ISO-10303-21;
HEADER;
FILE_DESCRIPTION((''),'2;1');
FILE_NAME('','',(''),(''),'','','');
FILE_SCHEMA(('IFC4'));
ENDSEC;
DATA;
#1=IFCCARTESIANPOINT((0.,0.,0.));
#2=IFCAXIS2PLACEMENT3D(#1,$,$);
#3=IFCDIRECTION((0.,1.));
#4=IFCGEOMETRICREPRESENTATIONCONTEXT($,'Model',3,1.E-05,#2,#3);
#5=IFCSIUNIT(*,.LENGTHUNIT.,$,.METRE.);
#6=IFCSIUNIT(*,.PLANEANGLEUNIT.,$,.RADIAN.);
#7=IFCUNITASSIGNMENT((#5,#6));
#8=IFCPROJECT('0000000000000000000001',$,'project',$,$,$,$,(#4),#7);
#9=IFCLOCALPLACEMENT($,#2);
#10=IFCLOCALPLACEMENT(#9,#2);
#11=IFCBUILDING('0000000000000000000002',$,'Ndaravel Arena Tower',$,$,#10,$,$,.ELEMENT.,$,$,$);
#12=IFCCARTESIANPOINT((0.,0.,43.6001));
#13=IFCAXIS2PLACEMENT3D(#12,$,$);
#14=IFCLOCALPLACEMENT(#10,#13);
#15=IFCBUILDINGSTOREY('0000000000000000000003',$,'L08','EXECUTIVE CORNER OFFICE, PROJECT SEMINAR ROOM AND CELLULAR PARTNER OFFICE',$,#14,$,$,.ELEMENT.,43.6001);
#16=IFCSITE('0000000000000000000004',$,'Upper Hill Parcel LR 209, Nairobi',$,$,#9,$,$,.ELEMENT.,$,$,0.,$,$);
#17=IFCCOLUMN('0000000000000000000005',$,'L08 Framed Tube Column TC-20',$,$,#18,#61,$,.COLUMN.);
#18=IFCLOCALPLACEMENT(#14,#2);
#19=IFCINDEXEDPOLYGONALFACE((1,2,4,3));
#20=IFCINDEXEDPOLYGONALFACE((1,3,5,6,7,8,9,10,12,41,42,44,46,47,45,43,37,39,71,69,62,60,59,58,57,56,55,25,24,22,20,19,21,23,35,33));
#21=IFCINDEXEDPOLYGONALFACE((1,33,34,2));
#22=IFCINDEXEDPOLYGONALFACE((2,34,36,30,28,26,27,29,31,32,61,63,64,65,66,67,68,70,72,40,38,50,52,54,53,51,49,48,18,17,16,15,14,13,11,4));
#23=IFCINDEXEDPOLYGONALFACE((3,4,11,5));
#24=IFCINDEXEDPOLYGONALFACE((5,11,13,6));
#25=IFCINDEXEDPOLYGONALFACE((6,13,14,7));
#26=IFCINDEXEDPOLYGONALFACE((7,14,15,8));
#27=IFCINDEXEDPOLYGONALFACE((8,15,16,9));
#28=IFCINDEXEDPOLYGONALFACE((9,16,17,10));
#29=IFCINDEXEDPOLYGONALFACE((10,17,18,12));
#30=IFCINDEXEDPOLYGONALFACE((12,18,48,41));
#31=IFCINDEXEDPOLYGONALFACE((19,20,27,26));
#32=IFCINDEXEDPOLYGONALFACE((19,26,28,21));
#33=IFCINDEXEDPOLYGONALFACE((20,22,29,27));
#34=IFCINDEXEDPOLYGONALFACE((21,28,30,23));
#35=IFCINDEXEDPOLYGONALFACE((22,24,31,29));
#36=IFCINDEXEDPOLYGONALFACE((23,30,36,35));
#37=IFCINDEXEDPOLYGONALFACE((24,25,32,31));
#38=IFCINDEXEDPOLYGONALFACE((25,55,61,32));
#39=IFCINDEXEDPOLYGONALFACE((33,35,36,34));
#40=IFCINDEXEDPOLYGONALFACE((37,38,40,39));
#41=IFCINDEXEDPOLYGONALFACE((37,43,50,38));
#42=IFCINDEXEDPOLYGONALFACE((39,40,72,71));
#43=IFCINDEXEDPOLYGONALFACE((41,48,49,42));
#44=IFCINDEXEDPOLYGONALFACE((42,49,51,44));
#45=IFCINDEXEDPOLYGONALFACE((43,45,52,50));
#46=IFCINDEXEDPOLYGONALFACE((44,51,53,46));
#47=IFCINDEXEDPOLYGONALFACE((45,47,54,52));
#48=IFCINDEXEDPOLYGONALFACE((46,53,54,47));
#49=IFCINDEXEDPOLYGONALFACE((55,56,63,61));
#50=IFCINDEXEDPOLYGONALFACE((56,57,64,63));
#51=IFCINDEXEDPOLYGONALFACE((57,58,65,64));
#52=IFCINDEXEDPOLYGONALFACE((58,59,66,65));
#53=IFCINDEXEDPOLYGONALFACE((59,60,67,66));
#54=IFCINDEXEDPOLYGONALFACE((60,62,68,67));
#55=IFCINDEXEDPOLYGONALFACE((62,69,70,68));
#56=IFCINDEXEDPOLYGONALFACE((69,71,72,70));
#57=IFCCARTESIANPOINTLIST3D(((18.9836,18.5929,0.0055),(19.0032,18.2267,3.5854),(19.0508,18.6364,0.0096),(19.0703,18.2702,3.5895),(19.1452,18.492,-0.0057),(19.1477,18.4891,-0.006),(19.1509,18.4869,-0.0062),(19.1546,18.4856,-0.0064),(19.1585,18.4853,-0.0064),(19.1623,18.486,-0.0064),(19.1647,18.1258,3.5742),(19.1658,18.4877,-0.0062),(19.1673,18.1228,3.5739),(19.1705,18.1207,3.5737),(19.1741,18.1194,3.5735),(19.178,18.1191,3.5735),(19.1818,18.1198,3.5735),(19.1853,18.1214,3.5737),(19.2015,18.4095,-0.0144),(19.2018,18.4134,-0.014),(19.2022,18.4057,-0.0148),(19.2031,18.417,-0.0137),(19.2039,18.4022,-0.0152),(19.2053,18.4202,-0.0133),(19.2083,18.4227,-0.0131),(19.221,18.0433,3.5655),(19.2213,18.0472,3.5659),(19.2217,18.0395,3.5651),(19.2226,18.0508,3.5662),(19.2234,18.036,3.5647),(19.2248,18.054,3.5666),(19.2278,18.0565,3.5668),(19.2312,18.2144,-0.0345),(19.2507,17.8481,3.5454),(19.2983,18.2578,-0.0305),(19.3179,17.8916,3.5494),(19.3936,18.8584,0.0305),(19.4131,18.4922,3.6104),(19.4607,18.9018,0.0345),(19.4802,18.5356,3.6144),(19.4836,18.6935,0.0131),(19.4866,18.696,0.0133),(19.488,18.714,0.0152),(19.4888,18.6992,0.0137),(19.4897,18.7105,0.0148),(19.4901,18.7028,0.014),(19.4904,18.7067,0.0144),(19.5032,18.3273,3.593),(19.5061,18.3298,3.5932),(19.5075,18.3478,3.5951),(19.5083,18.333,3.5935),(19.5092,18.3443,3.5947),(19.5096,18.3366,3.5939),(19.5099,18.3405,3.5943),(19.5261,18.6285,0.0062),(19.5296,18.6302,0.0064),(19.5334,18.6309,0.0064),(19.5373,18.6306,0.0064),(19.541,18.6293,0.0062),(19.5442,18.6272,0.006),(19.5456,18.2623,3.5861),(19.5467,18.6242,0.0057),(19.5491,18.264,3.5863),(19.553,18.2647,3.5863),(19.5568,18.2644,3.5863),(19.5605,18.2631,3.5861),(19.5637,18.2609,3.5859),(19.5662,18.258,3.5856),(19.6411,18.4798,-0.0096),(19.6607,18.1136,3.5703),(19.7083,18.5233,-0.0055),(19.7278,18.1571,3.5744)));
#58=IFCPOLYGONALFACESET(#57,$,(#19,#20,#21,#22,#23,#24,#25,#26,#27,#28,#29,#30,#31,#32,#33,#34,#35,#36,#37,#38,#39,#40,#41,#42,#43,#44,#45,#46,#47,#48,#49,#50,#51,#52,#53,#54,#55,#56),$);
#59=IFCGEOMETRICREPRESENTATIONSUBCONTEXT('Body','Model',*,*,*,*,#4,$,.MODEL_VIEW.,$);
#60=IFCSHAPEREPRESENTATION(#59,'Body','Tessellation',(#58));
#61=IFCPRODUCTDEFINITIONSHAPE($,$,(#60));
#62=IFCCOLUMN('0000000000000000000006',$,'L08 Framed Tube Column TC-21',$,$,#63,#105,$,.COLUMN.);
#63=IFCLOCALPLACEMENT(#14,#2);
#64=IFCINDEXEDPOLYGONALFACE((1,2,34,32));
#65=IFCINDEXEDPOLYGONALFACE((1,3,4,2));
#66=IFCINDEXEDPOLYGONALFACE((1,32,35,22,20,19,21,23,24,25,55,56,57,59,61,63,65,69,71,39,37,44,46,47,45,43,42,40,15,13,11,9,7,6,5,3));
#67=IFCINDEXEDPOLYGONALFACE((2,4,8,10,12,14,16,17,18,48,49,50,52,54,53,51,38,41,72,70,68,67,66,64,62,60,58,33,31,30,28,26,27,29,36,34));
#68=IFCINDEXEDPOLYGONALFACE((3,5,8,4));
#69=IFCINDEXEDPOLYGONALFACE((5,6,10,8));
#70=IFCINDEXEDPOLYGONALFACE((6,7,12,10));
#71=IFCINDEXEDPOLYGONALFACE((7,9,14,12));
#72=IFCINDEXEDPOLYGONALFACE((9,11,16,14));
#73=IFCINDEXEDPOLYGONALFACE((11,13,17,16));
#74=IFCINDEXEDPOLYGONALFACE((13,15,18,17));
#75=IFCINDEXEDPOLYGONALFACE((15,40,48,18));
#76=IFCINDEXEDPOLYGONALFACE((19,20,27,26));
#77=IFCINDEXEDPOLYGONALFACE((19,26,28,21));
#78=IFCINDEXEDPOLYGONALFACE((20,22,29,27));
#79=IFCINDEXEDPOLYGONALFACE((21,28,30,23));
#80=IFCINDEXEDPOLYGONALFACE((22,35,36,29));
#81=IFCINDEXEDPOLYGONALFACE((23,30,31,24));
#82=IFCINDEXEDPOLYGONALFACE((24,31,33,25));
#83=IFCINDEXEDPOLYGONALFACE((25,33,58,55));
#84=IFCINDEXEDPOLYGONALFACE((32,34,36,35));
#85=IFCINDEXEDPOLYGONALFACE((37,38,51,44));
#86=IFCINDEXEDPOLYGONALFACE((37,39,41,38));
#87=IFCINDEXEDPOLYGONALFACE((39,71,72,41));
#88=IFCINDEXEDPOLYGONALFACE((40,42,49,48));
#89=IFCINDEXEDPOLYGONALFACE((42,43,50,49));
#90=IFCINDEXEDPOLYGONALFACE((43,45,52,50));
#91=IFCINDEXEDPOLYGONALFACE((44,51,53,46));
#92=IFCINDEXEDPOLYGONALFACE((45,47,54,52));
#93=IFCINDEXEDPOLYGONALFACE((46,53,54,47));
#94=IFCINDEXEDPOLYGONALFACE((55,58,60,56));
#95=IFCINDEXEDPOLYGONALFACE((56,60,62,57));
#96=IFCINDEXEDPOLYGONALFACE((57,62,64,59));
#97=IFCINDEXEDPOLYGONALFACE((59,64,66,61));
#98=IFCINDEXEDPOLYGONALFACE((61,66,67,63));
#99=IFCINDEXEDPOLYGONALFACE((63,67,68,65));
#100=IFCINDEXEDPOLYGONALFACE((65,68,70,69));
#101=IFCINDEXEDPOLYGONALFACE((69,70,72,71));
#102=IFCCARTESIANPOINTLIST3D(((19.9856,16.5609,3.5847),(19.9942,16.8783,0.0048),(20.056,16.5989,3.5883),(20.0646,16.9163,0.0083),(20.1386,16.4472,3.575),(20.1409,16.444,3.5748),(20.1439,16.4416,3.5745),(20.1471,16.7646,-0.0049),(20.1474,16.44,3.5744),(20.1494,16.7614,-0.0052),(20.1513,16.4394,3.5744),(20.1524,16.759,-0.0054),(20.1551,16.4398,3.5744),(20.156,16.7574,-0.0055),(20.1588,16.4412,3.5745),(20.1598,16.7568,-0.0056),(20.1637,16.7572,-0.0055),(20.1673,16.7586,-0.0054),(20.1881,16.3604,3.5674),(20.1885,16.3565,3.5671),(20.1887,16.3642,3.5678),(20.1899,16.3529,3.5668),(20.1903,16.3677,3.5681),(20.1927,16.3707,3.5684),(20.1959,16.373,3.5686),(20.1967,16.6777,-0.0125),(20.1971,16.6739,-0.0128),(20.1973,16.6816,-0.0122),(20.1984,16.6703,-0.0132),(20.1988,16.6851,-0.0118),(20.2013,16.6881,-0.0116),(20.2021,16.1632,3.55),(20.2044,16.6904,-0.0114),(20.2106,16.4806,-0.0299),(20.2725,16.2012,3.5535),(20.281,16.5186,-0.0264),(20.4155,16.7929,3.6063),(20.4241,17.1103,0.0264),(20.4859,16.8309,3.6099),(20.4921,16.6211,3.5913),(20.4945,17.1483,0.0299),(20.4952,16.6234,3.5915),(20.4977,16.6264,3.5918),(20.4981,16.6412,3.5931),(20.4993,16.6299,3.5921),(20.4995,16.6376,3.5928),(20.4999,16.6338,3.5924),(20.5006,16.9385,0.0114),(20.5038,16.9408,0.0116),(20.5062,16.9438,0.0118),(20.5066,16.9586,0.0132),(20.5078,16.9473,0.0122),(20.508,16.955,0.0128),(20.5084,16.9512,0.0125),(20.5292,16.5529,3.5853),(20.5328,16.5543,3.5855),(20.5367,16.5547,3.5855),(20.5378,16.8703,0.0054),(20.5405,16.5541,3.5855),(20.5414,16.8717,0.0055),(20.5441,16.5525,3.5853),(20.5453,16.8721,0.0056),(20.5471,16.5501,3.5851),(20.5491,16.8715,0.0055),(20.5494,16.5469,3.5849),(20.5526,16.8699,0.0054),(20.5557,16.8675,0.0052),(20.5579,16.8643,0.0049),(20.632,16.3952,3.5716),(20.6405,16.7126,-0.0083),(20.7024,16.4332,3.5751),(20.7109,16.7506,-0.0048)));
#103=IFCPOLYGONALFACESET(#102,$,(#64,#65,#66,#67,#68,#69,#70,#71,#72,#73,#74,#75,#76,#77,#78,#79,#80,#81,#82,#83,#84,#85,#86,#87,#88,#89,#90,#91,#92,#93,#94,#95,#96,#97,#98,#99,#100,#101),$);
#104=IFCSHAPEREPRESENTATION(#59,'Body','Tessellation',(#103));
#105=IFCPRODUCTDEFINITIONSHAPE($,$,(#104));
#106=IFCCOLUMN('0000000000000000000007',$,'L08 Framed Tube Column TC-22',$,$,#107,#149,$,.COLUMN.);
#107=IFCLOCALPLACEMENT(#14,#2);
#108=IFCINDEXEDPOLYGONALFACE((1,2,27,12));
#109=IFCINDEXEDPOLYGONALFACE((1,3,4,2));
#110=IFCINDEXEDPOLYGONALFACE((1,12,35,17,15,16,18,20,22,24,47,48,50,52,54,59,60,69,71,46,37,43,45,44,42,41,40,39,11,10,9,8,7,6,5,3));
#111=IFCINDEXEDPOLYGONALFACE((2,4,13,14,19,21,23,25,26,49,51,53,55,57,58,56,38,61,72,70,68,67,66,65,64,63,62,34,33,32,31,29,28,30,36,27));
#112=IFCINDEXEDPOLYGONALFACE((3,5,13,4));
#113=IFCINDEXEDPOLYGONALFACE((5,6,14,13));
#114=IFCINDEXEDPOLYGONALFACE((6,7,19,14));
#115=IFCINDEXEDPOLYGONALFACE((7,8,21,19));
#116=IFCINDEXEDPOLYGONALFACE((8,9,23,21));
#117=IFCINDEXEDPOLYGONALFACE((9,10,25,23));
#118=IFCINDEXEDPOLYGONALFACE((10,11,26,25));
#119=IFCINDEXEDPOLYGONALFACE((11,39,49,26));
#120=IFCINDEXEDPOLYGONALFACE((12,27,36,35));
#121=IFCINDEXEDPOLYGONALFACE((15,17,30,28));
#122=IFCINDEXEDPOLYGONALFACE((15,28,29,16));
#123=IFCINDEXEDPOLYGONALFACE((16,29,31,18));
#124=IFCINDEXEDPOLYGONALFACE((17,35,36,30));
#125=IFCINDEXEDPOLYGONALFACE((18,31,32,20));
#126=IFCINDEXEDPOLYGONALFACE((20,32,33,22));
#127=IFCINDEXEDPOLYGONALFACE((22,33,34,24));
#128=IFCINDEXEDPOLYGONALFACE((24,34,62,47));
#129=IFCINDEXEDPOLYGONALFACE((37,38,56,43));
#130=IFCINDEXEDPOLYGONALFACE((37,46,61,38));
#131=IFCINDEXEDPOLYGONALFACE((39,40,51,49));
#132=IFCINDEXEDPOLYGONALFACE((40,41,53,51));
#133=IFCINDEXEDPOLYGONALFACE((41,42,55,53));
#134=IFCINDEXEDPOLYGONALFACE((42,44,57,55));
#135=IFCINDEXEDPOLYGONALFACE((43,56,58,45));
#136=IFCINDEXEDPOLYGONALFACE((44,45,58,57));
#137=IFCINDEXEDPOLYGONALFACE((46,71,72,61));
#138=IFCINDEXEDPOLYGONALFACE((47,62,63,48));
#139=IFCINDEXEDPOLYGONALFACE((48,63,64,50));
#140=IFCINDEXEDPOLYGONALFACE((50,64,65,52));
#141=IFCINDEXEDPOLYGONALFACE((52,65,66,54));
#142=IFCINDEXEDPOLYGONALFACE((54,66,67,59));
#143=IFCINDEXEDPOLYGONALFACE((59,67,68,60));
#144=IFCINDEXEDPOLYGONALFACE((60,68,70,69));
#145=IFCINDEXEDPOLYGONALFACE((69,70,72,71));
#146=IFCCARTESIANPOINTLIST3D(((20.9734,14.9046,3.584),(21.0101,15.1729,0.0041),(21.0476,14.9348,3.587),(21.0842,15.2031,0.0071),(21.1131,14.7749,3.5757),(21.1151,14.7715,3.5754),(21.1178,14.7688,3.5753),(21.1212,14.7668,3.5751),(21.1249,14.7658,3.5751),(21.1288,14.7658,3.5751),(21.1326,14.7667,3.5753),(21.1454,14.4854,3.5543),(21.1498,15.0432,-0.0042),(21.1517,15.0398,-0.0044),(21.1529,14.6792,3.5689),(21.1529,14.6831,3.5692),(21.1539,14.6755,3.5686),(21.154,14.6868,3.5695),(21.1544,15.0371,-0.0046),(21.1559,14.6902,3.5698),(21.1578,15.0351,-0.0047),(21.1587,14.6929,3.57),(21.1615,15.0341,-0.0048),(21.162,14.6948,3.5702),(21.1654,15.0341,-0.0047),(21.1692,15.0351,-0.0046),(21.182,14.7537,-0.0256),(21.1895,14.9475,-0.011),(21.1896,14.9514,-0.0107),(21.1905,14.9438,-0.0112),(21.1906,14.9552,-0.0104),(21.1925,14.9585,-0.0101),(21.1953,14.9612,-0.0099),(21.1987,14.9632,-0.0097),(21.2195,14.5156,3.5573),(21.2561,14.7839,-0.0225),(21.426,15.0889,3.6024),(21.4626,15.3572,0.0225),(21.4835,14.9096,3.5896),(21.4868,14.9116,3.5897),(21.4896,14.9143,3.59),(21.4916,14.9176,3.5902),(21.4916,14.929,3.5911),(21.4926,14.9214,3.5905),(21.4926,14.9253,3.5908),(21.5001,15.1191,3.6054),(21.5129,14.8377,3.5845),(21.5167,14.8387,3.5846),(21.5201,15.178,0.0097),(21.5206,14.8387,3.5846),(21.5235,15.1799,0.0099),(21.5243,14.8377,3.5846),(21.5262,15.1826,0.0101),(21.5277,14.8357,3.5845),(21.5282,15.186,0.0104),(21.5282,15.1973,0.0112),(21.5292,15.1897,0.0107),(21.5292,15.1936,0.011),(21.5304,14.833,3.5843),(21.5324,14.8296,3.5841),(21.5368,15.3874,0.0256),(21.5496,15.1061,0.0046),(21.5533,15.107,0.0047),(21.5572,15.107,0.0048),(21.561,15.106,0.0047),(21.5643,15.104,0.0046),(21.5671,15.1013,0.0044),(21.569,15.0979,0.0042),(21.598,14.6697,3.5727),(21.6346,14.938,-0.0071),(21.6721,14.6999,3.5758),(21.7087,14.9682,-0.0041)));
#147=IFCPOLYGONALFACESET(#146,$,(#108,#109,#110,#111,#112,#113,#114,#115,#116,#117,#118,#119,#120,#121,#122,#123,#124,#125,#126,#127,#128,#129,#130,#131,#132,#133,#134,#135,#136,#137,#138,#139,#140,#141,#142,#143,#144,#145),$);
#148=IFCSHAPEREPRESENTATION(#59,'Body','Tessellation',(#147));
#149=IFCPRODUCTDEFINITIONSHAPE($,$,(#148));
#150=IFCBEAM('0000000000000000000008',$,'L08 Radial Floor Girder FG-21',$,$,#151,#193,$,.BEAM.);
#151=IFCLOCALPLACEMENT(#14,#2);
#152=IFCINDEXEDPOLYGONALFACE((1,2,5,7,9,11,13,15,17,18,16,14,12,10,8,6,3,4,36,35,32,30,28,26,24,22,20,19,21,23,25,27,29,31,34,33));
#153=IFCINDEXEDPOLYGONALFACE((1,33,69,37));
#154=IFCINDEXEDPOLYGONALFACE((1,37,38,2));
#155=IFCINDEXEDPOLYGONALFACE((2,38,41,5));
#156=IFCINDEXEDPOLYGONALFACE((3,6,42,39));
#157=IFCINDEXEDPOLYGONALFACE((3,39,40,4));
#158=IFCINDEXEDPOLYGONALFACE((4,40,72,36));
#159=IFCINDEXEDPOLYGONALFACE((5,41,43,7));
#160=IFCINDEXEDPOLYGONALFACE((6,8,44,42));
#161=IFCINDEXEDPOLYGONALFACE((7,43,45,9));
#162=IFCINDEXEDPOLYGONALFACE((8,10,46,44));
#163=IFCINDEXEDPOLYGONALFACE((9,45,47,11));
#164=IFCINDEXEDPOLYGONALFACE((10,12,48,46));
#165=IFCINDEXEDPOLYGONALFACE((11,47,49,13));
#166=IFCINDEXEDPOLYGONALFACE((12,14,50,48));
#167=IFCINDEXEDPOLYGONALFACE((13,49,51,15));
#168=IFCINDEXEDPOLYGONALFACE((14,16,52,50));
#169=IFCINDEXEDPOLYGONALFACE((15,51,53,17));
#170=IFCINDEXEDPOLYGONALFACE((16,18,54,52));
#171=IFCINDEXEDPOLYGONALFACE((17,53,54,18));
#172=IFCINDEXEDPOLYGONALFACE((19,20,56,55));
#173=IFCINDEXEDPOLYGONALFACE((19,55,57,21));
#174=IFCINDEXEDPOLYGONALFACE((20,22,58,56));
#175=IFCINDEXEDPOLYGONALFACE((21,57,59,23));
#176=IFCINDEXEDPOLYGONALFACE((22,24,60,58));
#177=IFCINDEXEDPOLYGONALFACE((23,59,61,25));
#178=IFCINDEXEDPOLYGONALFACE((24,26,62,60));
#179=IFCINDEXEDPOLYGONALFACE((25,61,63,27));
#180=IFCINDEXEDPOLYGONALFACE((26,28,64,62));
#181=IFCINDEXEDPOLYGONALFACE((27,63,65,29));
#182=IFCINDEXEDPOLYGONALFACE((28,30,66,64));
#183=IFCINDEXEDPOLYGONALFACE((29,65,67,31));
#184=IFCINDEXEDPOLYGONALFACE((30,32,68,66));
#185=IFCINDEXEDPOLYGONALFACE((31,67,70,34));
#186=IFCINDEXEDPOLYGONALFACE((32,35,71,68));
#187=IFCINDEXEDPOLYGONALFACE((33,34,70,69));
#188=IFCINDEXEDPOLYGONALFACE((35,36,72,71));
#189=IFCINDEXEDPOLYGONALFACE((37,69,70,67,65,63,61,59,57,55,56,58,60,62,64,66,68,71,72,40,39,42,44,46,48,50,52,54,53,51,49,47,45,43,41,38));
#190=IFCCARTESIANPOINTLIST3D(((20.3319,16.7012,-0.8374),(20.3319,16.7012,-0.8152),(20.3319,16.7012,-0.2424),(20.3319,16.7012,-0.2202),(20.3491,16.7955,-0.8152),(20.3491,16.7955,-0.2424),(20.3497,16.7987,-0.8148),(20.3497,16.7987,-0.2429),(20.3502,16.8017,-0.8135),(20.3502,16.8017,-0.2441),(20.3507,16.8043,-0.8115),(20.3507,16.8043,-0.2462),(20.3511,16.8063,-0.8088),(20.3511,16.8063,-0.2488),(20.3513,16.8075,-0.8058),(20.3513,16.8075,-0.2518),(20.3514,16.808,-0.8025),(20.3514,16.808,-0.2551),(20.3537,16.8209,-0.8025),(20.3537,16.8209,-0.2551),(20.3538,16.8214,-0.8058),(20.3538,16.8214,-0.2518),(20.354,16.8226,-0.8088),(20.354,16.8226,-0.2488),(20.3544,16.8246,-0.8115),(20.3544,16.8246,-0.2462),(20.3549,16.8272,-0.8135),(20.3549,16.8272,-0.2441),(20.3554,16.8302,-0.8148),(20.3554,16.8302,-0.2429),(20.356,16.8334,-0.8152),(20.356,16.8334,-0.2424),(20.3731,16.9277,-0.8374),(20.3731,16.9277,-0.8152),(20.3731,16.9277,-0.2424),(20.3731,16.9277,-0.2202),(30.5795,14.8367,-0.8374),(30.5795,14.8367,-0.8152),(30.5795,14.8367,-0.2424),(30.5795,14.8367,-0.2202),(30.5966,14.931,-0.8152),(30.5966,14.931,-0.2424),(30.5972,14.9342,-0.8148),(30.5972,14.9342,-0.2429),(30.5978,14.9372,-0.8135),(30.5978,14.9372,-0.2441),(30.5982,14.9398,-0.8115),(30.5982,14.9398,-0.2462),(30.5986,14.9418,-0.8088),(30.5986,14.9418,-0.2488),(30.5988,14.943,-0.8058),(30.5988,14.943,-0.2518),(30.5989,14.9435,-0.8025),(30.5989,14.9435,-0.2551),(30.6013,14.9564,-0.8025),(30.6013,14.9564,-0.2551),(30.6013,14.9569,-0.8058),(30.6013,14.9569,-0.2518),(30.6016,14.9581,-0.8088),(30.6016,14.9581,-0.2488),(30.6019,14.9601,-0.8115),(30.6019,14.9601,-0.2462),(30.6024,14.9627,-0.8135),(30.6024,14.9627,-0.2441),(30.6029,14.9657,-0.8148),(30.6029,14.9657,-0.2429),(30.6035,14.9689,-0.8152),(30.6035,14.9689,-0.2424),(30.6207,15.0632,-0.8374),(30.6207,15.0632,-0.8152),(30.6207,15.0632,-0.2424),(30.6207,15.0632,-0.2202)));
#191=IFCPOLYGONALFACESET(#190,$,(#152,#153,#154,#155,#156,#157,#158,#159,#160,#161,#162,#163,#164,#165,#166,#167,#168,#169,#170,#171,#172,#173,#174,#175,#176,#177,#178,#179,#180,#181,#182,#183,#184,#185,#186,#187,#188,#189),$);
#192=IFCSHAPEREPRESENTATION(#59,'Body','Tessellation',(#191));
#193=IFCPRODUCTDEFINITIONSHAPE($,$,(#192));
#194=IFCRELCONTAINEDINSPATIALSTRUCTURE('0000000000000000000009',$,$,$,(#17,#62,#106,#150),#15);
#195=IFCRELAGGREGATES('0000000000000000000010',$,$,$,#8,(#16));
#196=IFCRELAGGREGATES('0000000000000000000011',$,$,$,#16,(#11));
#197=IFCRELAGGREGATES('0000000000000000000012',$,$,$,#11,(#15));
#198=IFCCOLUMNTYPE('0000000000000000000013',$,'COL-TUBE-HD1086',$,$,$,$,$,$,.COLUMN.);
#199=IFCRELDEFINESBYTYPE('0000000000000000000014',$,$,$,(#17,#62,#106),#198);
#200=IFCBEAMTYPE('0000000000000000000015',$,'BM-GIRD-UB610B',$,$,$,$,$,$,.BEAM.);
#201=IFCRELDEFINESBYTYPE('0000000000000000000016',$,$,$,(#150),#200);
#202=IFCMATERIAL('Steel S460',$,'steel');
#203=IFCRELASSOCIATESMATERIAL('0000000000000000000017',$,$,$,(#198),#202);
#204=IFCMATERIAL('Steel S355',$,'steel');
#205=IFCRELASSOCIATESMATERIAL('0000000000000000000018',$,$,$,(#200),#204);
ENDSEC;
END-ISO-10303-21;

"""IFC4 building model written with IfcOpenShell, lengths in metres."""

from ifc_helpers import new_model, si_unit, direction, frame, origin, origin_2d, place, context, subcontext, project, spatial, i_section, extrude, material, material_profile, profile_set, type_object, element, save


model = new_model("IFC4")

# Units and contexts
model_context = context("Model", 3, precision=1e-05, world=origin(), true_north=direction((0.0, 1.0)))
body_context = subcontext(model_context, "Body", "Model", "MODEL_VIEW")
ifc_project = project(units=[si_unit("LENGTHUNIT", "METRE"), si_unit("PLANEANGLEUNIT", "RADIAN")], contexts=[model_context])

# Site, building, storey
site_placement = place(None, origin())
site = spatial("IfcSite", under=ifc_project, at=site_placement, Name="Upper Hill Parcel LR 209, Nairobi", CompositionType="ELEMENT", RefElevation=0.0)
building_placement = place(site_placement, origin())
building = spatial("IfcBuilding", under=site, at=building_placement, Name="Ndaravel Arena Tower", CompositionType="ELEMENT")
storey_placement = place(building_placement, frame((0.0, 0.0, 43.6001)))
storey = spatial("IfcBuildingStorey", under=building, at=storey_placement, Name="L08", Description="EXECUTIVE CORNER OFFICE, PROJECT SEMINAR ROOM AND CELLULAR PARTNER OFFICE", CompositionType="ELEMENT", Elevation=43.6001)

# Columns
ifc_material_1 = material(Name="Steel S460", Category="steel")
ifc_material_profile_1 = material_profile(ifc_material_1, i_section(OverallWidth=0.4541, OverallDepth=0.5691, WebThickness=0.0779, FlangeThickness=0.0801, FilletRadius=0.0149, at=origin_2d()), Name="HD 400x1086")
ifc_profile_set_1 = profile_set([ifc_material_profile_1], Name="Steel S460")
column_type = type_object("IfcColumnType", Name="COL-TUBE-HD1086", PredefinedType="COLUMN", material=ifc_profile_set_1)
column_1_placement = place(storey_placement, frame((19.3459, 18.5581, 0.0), z_axis=(0.005428, -0.101766, 0.994794), x_axis=(-0.545173, 0.833665, 0.088257)))
element("IfcColumn", 1, at=column_1_placement, inside=storey, type_object=column_type, Name="L08 Framed Tube Column TC-20", PredefinedType="COLUMN", context=body_context, shape_type="SweptSolid", body=[
    extrude(i_section(OverallWidth=0.4541, OverallDepth=0.5691, WebThickness=0.0779, FlangeThickness=0.0801, FilletRadius=0.0149, at=origin_2d()), origin(), (0.0, 0.0, 1.0), 3.5986),
])
column_2_placement = place(storey_placement, frame((20.3525, 16.8145, 0.0), z_axis=(-0.002378, -0.088312, 0.99609), x_axis=(-0.476602, 0.875783, 0.076508)))
element("IfcColumn", 2, at=column_2_placement, inside=storey, type_object=column_type, Name="L08 Framed Tube Column TC-21", PredefinedType="COLUMN", context=body_context, shape_type="SweptSolid", body=[
    extrude(i_section(OverallWidth=0.4541, OverallDepth=0.5691, WebThickness=0.0779, FlangeThickness=0.0801, FilletRadius=0.0149, at=origin_2d()), origin(), (0.0, 0.0, 1.0), 3.594),
])
column_3_placement = place(storey_placement, frame((21.3594, 15.0706, 0.0), z_axis=(-0.010201, -0.074737, 0.997151), x_axis=(-0.378625, 0.923242, 0.065324)))
element("IfcColumn", 3, at=column_3_placement, inside=storey, type_object=column_type, Name="L08 Framed Tube Column TC-22", PredefinedType="COLUMN", context=body_context, shape_type="SweptSolid", body=[
    extrude(i_section(OverallWidth=0.4541, OverallDepth=0.5691, WebThickness=0.0779, FlangeThickness=0.0801, FilletRadius=0.0149, at=origin_2d()), origin(), (0.0, 0.0, 1.0), 3.5901),
])

# Beam
ifc_material_2 = material(Name="Steel S355", Category="steel")
ifc_material_profile_2 = material_profile(ifc_material_2, i_section(OverallWidth=0.2302, OverallDepth=0.6172, WebThickness=0.0132, FlangeThickness=0.0222, FilletRadius=0.0127, at=origin_2d()), Name="UB 610x229x140")
ifc_profile_set_2 = profile_set([ifc_material_profile_2], Name="Steel S355")
beam_type_1 = type_object("IfcBeamType", Name="BM-GIRD-UB610B", PredefinedType="BEAM", material=ifc_profile_set_2)
beam_1_placement = place(storey_placement, frame((20.3525, 16.8145, -0.5288), z_axis=(0.983848, -0.179007, 0.0), x_axis=(0.179007, 0.983848, 0.0)))
element("IfcBeam", 4, at=beam_1_placement, inside=storey, type_object=beam_type_1, Name="L08 Radial Floor Girder FG-21", PredefinedType="BEAM", context=body_context, shape_type="SweptSolid", body=[
    extrude(i_section(OverallWidth=0.2302, OverallDepth=0.6172, WebThickness=0.0132, FlangeThickness=0.0222, FilletRadius=0.0127, at=origin_2d()), origin(), (0.0, 0.0, 1.0), 10.4158),
])

save(model, "model.ifc")
